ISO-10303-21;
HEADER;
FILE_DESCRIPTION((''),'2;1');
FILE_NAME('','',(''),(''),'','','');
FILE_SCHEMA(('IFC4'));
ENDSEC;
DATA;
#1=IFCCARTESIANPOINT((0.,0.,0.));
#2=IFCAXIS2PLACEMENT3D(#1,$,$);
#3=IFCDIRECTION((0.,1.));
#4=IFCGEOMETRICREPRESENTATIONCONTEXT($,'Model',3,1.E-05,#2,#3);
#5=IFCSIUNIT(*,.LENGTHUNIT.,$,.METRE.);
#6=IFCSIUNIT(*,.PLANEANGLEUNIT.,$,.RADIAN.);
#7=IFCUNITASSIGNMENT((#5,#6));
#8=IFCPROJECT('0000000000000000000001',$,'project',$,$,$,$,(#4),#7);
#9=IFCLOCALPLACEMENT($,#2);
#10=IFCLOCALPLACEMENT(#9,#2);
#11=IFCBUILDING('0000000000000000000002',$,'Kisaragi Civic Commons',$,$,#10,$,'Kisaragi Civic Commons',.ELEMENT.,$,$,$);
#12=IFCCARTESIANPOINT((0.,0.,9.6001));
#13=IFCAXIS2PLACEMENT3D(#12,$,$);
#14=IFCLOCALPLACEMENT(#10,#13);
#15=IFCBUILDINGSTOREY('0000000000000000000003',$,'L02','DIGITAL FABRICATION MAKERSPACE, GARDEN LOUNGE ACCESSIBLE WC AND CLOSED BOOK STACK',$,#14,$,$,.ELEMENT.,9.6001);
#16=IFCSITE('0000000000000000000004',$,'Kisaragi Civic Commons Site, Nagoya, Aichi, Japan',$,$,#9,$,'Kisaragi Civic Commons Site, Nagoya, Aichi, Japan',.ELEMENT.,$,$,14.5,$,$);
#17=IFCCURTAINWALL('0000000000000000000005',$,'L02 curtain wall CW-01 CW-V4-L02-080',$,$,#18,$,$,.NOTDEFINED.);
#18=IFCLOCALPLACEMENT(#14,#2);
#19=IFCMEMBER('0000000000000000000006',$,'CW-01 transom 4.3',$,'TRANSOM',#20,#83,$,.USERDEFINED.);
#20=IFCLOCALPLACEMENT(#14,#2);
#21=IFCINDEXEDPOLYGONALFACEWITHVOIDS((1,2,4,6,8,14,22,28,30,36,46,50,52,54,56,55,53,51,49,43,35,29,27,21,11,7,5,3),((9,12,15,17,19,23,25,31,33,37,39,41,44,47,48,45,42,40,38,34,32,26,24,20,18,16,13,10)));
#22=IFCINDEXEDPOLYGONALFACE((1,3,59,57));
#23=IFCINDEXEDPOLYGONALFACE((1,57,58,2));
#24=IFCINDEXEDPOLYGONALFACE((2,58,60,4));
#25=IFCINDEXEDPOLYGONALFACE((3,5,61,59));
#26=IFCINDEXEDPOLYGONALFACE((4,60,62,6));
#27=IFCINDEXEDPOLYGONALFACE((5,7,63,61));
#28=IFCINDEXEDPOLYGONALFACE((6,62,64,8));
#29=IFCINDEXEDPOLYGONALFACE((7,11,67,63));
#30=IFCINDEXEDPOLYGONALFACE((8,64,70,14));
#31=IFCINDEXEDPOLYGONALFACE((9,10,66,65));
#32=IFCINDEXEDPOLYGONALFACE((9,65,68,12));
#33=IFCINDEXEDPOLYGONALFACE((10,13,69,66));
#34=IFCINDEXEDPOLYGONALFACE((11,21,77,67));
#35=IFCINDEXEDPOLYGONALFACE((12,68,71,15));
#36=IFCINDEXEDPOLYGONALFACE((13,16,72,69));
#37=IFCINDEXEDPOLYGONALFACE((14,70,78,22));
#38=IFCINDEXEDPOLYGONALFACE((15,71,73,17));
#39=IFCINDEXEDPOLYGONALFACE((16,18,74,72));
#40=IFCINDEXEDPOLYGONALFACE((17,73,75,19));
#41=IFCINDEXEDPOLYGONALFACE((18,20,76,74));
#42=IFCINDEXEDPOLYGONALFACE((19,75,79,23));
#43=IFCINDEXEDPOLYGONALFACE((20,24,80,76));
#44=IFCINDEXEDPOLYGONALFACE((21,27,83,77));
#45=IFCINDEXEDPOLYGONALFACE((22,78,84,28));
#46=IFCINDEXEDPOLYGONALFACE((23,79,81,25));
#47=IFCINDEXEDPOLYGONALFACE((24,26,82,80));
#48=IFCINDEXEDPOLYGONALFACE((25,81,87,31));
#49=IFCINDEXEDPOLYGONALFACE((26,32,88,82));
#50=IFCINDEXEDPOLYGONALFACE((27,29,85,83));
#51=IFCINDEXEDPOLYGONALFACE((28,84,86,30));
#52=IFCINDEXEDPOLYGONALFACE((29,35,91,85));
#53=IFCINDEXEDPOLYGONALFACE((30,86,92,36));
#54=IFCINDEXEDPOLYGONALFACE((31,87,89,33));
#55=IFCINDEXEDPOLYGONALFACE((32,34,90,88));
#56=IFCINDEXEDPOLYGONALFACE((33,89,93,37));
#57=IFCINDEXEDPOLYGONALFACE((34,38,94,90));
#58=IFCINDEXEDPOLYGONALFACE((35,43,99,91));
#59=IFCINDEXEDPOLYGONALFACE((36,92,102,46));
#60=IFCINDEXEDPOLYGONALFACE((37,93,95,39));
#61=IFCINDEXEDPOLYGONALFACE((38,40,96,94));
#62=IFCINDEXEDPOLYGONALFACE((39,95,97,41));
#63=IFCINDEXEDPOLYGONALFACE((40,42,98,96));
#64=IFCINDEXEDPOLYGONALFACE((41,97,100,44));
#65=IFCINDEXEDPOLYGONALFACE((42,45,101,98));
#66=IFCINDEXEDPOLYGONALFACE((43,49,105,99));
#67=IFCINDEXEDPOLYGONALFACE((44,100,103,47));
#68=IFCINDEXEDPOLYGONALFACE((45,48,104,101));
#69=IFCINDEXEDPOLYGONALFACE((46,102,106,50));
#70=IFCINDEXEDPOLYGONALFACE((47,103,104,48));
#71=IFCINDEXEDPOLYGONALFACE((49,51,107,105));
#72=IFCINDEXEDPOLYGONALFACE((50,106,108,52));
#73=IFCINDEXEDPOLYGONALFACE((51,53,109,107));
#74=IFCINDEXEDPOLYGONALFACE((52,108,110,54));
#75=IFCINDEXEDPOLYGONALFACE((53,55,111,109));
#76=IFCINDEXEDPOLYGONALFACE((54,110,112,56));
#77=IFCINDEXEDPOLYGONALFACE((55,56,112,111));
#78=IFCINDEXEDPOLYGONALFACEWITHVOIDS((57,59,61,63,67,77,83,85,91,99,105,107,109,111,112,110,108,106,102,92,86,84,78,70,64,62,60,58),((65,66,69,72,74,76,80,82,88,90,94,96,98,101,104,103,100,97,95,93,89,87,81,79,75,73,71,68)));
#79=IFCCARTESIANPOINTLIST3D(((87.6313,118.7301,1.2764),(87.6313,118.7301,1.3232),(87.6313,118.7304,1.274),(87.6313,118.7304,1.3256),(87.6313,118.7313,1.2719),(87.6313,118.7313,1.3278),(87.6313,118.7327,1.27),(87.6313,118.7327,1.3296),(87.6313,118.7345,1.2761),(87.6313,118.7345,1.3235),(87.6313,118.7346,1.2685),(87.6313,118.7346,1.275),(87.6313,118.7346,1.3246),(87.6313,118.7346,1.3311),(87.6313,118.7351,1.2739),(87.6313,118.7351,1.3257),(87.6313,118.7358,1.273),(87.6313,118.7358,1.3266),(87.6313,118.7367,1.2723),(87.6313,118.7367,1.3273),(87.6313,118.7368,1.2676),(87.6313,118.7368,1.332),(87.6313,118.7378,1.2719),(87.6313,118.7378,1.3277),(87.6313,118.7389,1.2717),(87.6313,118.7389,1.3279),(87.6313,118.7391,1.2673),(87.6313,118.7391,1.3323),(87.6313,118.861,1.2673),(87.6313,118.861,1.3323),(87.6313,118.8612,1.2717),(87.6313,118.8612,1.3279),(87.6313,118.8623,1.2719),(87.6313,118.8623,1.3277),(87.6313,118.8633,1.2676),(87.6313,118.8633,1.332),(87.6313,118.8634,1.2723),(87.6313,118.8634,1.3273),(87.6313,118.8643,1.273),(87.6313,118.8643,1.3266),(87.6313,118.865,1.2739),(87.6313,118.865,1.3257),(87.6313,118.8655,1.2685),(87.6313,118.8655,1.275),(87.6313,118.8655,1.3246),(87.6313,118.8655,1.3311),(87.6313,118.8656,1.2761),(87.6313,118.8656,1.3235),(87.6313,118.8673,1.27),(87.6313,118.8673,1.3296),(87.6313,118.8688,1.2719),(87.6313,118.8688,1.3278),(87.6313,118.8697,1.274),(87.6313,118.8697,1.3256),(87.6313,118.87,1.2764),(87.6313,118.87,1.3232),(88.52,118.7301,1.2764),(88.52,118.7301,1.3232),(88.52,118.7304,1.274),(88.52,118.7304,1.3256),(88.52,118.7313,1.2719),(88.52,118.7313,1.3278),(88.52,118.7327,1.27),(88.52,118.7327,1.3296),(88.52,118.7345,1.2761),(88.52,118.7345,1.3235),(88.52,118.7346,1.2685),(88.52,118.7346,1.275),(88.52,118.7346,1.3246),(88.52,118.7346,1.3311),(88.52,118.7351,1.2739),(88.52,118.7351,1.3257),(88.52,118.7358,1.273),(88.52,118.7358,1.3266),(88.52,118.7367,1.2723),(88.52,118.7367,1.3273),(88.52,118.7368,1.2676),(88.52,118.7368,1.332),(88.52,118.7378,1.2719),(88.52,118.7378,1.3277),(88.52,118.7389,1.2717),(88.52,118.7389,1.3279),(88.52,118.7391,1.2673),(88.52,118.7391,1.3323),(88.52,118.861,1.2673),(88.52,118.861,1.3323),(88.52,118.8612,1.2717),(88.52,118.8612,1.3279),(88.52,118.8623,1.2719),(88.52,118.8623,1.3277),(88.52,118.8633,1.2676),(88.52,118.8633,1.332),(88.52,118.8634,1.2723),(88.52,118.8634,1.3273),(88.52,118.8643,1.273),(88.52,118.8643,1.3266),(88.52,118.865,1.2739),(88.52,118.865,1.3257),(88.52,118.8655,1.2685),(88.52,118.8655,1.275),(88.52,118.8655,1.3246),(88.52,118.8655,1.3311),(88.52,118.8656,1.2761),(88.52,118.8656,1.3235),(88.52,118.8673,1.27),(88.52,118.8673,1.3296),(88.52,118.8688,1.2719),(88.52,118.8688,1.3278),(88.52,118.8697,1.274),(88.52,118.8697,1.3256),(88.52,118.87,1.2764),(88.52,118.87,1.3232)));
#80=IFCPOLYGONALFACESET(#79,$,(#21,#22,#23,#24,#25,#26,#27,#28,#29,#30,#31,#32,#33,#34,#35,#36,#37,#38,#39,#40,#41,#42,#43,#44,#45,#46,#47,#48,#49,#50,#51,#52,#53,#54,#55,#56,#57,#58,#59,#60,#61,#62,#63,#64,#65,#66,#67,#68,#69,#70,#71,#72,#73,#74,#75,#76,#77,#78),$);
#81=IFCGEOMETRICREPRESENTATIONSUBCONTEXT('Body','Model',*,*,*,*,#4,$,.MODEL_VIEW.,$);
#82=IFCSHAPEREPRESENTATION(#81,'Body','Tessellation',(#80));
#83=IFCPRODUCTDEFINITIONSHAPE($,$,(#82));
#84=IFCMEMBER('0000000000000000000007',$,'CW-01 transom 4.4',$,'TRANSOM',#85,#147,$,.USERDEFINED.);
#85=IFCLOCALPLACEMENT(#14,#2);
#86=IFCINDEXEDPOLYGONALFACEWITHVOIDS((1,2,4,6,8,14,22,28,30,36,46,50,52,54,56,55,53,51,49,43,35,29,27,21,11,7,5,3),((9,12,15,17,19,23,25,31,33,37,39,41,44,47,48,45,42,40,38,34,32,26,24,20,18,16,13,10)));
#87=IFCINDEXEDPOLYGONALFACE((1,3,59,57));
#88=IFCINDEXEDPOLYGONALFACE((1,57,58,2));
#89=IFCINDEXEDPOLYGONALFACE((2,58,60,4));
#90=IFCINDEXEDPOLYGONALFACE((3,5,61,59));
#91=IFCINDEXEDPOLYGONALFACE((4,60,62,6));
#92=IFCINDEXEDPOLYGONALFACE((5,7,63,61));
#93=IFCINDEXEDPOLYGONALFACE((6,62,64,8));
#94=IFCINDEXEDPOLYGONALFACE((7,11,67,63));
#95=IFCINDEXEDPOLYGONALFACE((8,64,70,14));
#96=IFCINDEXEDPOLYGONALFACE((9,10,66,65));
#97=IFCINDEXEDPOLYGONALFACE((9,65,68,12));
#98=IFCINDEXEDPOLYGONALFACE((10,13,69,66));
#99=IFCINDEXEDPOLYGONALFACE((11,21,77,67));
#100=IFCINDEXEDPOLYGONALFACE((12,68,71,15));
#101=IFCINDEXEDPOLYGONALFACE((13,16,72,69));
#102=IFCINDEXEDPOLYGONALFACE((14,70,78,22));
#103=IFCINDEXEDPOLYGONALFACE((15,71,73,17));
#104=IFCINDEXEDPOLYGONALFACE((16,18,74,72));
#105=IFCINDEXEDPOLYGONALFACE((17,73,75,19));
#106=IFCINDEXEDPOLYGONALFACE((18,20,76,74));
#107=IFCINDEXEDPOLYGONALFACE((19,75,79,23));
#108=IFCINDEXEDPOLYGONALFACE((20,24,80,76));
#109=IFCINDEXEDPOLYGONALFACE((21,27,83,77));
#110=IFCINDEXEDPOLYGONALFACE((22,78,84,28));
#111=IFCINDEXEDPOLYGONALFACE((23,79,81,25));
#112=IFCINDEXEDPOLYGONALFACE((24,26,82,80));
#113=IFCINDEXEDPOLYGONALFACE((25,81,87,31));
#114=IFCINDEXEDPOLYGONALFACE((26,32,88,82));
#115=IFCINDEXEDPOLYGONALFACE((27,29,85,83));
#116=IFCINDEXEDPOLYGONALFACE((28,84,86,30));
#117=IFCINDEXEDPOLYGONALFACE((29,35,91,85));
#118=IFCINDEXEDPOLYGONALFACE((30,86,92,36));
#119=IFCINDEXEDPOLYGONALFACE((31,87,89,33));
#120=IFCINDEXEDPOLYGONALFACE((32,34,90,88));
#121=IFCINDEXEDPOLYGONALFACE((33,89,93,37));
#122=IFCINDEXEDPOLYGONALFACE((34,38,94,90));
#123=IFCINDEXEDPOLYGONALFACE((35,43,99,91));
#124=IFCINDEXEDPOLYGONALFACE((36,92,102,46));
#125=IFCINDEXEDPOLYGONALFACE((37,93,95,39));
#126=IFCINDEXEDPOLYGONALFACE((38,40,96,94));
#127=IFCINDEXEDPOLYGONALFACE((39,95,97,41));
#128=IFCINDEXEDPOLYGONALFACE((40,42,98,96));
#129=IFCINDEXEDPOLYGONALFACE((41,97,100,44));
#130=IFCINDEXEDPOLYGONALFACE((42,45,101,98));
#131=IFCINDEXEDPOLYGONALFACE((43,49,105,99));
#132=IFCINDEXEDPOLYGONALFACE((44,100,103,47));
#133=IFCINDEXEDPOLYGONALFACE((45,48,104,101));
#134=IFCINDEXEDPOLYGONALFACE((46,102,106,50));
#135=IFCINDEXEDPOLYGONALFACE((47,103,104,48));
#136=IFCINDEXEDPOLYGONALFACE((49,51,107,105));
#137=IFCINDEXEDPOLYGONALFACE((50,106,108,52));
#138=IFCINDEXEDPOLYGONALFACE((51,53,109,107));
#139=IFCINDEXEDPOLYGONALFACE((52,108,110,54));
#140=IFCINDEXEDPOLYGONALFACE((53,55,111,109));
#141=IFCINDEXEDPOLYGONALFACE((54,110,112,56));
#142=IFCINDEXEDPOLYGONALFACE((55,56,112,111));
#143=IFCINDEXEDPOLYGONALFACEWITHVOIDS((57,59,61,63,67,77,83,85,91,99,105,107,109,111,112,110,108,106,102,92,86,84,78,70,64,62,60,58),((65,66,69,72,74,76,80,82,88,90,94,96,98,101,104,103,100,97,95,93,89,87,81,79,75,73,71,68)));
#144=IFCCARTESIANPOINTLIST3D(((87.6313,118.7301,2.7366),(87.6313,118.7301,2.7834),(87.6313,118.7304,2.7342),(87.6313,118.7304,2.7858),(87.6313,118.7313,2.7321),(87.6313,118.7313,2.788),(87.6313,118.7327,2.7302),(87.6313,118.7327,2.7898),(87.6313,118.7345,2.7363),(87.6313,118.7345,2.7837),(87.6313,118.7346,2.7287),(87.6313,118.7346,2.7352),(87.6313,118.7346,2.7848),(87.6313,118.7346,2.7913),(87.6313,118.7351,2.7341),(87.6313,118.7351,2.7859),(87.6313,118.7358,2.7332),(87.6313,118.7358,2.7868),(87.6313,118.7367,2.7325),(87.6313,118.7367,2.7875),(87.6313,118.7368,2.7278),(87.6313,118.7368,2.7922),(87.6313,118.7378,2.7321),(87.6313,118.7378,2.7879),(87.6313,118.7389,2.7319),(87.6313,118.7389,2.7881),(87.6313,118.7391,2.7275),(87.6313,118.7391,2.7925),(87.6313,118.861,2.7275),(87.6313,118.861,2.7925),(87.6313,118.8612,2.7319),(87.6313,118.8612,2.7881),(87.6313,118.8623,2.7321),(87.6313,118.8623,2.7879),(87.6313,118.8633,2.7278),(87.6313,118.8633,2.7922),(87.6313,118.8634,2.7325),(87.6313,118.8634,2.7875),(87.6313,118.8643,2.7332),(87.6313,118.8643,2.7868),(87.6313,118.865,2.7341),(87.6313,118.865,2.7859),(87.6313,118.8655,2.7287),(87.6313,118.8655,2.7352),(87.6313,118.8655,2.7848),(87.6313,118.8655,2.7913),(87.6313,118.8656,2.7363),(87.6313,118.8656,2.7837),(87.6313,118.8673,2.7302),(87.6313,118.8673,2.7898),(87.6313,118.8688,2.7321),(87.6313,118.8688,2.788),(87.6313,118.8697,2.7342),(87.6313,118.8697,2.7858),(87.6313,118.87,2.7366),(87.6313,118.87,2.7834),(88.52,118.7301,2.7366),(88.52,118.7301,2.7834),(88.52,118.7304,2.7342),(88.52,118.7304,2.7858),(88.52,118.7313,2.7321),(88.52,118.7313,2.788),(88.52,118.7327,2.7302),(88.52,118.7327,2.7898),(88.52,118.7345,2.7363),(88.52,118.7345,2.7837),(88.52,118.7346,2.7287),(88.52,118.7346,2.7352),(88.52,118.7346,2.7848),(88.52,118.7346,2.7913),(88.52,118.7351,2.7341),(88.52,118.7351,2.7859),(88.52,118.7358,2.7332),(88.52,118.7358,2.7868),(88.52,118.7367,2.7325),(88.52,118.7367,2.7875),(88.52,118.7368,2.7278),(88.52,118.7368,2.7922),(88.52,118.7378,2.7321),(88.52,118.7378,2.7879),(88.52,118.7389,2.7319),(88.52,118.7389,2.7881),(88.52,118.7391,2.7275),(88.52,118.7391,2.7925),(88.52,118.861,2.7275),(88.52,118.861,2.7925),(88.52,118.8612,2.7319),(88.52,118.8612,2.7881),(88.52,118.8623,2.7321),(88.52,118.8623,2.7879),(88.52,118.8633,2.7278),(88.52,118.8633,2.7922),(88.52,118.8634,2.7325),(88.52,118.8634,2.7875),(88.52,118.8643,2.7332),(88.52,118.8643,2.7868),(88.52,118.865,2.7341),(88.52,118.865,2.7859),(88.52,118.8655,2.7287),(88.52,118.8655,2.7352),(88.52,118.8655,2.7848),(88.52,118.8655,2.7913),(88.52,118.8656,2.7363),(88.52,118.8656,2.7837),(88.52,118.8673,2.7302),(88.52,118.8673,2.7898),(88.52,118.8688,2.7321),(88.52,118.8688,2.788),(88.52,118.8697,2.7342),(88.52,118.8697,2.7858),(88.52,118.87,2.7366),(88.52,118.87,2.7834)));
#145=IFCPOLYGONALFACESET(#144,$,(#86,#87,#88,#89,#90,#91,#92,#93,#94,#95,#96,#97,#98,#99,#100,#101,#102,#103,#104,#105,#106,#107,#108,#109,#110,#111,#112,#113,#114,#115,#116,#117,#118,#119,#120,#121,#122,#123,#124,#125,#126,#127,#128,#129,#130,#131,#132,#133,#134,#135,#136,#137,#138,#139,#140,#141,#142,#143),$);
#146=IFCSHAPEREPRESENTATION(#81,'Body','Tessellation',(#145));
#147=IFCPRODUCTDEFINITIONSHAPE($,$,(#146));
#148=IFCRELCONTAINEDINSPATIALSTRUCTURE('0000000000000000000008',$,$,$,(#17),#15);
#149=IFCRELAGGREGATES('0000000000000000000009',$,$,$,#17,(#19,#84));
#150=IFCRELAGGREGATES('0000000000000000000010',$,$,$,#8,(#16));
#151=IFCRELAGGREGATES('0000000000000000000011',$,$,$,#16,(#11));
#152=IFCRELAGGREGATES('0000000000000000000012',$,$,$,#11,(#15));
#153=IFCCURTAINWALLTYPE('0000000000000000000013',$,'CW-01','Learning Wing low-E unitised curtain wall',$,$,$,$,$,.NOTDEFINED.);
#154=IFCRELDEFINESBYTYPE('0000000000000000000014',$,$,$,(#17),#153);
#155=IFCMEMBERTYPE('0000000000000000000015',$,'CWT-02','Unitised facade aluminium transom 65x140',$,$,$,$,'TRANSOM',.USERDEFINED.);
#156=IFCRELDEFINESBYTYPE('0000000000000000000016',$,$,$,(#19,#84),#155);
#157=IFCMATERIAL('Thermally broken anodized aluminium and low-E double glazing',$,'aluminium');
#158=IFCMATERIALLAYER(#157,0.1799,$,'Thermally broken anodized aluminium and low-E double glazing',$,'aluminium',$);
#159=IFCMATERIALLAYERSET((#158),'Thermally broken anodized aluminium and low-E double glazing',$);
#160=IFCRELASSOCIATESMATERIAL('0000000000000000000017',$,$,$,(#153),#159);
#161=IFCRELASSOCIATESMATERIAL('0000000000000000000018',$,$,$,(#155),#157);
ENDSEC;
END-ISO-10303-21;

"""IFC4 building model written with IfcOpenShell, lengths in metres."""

from ifc_helpers import new_model, si_unit, direction, frame, origin, origin_2d, place, context, subcontext, project, spatial, hollow_rectangle, extrude, material, layer, layer_set, material_profile, profile_set, type_object, element, aggregate, save


model = new_model("IFC4")

# Units and contexts
model_context = context("Model", 3, precision=1e-05, world=origin(), true_north=direction((0.0, 1.0)))
body_context = subcontext(model_context, "Body", "Model", "MODEL_VIEW")
ifc_project = project(units=[si_unit("LENGTHUNIT", "METRE"), si_unit("PLANEANGLEUNIT", "RADIAN")], contexts=[model_context])

# Site, building, storey
site_placement = place(None, origin())
site = spatial("IfcSite", under=ifc_project, at=site_placement, Name="Kisaragi Civic Commons Site, Nagoya, Aichi, Japan", LongName="Kisaragi Civic Commons Site, Nagoya, Aichi, Japan", CompositionType="ELEMENT", RefElevation=14.5)
building_placement = place(site_placement, origin())
building = spatial("IfcBuilding", under=site, at=building_placement, Name="Kisaragi Civic Commons", LongName="Kisaragi Civic Commons", CompositionType="ELEMENT")
storey_placement = place(building_placement, frame((0.0, 0.0, 9.6001)))
storey = spatial("IfcBuildingStorey", under=building, at=storey_placement, Name="L02", Description="DIGITAL FABRICATION MAKERSPACE, GARDEN LOUNGE ACCESSIBLE WC AND CLOSED BOOK STACK", CompositionType="ELEMENT", Elevation=9.6001)

# Curtain wall
ifc_material_1 = material(Name="Thermally broken anodized aluminium and low-E double glazing", Category="aluminium")
ifc_layer_1 = layer(ifc_material_1, 0.1799, Name="Thermally broken anodized aluminium and low-E double glazing", Category="aluminium")
ifc_layer_set_1 = layer_set([ifc_layer_1], Name="Thermally broken anodized aluminium and low-E double glazing")
curtain_wall_type = type_object("IfcCurtainWallType", Name="CW-01", Description="Learning Wing low-E unitised curtain wall", PredefinedType="NOTDEFINED", material=ifc_layer_set_1)
curtain_wall_1_placement = place(storey_placement, origin())
curtain_wall_1 = element("IfcCurtainWall", 1, at=curtain_wall_1_placement, inside=storey, type_object=curtain_wall_type, Name="L02 curtain wall CW-01 CW-V4-L02-080", PredefinedType="NOTDEFINED")

# Members
ifc_material_profile_1 = material_profile(ifc_material_1, hollow_rectangle(XDim=0.1399, YDim=0.0649, WallThickness=0.0044, InnerFilletRadius=0.0044, OuterFilletRadius=0.009, at=origin_2d()), Name="CWT-65x140x4.5", Category="aluminium")
ifc_profile_set_1 = profile_set([ifc_material_profile_1], Name="Thermally broken anodized aluminium and low-E double glazing")
member_type_1 = type_object("IfcMemberType", Name="CWT-02", Description="Unitised facade aluminium transom 65x140", ElementType="TRANSOM", PredefinedType="USERDEFINED", material=ifc_profile_set_1)
member_1_placement = place(storey_placement, frame((87.6313, 118.8, 1.2998), z_axis=(1.0, 0.0, 0.0), x_axis=(0.0, 1.0, 0.0)))
member_1 = element("IfcMember", 2, at=member_1_placement, type_object=member_type_1, Name="CW-01 transom 4.3", ObjectType="TRANSOM", PredefinedType="USERDEFINED", context=body_context, shape_type="SweptSolid", body=[
    extrude(hollow_rectangle(XDim=0.1399, YDim=0.0649, WallThickness=0.0044, InnerFilletRadius=0.0044, OuterFilletRadius=0.009, at=origin_2d()), origin(), (0.0, 0.0, 1.0), 0.8887),
])
member_2_placement = place(storey_placement, frame((87.6313, 118.8, 2.76), z_axis=(1.0, 0.0, 0.0), x_axis=(0.0, 1.0, 0.0)))
member_2 = element("IfcMember", 3, at=member_2_placement, type_object=member_type_1, Name="CW-01 transom 4.4", ObjectType="TRANSOM", PredefinedType="USERDEFINED", context=body_context, shape_type="SweptSolid", body=[
    extrude(hollow_rectangle(XDim=0.1399, YDim=0.0649, WallThickness=0.0044, InnerFilletRadius=0.0044, OuterFilletRadius=0.009, at=origin_2d()), origin(), (0.0, 0.0, 1.0), 0.8887),
])

aggregate(curtain_wall_1, [member_1, member_2])

save(model, "model.ifc")
